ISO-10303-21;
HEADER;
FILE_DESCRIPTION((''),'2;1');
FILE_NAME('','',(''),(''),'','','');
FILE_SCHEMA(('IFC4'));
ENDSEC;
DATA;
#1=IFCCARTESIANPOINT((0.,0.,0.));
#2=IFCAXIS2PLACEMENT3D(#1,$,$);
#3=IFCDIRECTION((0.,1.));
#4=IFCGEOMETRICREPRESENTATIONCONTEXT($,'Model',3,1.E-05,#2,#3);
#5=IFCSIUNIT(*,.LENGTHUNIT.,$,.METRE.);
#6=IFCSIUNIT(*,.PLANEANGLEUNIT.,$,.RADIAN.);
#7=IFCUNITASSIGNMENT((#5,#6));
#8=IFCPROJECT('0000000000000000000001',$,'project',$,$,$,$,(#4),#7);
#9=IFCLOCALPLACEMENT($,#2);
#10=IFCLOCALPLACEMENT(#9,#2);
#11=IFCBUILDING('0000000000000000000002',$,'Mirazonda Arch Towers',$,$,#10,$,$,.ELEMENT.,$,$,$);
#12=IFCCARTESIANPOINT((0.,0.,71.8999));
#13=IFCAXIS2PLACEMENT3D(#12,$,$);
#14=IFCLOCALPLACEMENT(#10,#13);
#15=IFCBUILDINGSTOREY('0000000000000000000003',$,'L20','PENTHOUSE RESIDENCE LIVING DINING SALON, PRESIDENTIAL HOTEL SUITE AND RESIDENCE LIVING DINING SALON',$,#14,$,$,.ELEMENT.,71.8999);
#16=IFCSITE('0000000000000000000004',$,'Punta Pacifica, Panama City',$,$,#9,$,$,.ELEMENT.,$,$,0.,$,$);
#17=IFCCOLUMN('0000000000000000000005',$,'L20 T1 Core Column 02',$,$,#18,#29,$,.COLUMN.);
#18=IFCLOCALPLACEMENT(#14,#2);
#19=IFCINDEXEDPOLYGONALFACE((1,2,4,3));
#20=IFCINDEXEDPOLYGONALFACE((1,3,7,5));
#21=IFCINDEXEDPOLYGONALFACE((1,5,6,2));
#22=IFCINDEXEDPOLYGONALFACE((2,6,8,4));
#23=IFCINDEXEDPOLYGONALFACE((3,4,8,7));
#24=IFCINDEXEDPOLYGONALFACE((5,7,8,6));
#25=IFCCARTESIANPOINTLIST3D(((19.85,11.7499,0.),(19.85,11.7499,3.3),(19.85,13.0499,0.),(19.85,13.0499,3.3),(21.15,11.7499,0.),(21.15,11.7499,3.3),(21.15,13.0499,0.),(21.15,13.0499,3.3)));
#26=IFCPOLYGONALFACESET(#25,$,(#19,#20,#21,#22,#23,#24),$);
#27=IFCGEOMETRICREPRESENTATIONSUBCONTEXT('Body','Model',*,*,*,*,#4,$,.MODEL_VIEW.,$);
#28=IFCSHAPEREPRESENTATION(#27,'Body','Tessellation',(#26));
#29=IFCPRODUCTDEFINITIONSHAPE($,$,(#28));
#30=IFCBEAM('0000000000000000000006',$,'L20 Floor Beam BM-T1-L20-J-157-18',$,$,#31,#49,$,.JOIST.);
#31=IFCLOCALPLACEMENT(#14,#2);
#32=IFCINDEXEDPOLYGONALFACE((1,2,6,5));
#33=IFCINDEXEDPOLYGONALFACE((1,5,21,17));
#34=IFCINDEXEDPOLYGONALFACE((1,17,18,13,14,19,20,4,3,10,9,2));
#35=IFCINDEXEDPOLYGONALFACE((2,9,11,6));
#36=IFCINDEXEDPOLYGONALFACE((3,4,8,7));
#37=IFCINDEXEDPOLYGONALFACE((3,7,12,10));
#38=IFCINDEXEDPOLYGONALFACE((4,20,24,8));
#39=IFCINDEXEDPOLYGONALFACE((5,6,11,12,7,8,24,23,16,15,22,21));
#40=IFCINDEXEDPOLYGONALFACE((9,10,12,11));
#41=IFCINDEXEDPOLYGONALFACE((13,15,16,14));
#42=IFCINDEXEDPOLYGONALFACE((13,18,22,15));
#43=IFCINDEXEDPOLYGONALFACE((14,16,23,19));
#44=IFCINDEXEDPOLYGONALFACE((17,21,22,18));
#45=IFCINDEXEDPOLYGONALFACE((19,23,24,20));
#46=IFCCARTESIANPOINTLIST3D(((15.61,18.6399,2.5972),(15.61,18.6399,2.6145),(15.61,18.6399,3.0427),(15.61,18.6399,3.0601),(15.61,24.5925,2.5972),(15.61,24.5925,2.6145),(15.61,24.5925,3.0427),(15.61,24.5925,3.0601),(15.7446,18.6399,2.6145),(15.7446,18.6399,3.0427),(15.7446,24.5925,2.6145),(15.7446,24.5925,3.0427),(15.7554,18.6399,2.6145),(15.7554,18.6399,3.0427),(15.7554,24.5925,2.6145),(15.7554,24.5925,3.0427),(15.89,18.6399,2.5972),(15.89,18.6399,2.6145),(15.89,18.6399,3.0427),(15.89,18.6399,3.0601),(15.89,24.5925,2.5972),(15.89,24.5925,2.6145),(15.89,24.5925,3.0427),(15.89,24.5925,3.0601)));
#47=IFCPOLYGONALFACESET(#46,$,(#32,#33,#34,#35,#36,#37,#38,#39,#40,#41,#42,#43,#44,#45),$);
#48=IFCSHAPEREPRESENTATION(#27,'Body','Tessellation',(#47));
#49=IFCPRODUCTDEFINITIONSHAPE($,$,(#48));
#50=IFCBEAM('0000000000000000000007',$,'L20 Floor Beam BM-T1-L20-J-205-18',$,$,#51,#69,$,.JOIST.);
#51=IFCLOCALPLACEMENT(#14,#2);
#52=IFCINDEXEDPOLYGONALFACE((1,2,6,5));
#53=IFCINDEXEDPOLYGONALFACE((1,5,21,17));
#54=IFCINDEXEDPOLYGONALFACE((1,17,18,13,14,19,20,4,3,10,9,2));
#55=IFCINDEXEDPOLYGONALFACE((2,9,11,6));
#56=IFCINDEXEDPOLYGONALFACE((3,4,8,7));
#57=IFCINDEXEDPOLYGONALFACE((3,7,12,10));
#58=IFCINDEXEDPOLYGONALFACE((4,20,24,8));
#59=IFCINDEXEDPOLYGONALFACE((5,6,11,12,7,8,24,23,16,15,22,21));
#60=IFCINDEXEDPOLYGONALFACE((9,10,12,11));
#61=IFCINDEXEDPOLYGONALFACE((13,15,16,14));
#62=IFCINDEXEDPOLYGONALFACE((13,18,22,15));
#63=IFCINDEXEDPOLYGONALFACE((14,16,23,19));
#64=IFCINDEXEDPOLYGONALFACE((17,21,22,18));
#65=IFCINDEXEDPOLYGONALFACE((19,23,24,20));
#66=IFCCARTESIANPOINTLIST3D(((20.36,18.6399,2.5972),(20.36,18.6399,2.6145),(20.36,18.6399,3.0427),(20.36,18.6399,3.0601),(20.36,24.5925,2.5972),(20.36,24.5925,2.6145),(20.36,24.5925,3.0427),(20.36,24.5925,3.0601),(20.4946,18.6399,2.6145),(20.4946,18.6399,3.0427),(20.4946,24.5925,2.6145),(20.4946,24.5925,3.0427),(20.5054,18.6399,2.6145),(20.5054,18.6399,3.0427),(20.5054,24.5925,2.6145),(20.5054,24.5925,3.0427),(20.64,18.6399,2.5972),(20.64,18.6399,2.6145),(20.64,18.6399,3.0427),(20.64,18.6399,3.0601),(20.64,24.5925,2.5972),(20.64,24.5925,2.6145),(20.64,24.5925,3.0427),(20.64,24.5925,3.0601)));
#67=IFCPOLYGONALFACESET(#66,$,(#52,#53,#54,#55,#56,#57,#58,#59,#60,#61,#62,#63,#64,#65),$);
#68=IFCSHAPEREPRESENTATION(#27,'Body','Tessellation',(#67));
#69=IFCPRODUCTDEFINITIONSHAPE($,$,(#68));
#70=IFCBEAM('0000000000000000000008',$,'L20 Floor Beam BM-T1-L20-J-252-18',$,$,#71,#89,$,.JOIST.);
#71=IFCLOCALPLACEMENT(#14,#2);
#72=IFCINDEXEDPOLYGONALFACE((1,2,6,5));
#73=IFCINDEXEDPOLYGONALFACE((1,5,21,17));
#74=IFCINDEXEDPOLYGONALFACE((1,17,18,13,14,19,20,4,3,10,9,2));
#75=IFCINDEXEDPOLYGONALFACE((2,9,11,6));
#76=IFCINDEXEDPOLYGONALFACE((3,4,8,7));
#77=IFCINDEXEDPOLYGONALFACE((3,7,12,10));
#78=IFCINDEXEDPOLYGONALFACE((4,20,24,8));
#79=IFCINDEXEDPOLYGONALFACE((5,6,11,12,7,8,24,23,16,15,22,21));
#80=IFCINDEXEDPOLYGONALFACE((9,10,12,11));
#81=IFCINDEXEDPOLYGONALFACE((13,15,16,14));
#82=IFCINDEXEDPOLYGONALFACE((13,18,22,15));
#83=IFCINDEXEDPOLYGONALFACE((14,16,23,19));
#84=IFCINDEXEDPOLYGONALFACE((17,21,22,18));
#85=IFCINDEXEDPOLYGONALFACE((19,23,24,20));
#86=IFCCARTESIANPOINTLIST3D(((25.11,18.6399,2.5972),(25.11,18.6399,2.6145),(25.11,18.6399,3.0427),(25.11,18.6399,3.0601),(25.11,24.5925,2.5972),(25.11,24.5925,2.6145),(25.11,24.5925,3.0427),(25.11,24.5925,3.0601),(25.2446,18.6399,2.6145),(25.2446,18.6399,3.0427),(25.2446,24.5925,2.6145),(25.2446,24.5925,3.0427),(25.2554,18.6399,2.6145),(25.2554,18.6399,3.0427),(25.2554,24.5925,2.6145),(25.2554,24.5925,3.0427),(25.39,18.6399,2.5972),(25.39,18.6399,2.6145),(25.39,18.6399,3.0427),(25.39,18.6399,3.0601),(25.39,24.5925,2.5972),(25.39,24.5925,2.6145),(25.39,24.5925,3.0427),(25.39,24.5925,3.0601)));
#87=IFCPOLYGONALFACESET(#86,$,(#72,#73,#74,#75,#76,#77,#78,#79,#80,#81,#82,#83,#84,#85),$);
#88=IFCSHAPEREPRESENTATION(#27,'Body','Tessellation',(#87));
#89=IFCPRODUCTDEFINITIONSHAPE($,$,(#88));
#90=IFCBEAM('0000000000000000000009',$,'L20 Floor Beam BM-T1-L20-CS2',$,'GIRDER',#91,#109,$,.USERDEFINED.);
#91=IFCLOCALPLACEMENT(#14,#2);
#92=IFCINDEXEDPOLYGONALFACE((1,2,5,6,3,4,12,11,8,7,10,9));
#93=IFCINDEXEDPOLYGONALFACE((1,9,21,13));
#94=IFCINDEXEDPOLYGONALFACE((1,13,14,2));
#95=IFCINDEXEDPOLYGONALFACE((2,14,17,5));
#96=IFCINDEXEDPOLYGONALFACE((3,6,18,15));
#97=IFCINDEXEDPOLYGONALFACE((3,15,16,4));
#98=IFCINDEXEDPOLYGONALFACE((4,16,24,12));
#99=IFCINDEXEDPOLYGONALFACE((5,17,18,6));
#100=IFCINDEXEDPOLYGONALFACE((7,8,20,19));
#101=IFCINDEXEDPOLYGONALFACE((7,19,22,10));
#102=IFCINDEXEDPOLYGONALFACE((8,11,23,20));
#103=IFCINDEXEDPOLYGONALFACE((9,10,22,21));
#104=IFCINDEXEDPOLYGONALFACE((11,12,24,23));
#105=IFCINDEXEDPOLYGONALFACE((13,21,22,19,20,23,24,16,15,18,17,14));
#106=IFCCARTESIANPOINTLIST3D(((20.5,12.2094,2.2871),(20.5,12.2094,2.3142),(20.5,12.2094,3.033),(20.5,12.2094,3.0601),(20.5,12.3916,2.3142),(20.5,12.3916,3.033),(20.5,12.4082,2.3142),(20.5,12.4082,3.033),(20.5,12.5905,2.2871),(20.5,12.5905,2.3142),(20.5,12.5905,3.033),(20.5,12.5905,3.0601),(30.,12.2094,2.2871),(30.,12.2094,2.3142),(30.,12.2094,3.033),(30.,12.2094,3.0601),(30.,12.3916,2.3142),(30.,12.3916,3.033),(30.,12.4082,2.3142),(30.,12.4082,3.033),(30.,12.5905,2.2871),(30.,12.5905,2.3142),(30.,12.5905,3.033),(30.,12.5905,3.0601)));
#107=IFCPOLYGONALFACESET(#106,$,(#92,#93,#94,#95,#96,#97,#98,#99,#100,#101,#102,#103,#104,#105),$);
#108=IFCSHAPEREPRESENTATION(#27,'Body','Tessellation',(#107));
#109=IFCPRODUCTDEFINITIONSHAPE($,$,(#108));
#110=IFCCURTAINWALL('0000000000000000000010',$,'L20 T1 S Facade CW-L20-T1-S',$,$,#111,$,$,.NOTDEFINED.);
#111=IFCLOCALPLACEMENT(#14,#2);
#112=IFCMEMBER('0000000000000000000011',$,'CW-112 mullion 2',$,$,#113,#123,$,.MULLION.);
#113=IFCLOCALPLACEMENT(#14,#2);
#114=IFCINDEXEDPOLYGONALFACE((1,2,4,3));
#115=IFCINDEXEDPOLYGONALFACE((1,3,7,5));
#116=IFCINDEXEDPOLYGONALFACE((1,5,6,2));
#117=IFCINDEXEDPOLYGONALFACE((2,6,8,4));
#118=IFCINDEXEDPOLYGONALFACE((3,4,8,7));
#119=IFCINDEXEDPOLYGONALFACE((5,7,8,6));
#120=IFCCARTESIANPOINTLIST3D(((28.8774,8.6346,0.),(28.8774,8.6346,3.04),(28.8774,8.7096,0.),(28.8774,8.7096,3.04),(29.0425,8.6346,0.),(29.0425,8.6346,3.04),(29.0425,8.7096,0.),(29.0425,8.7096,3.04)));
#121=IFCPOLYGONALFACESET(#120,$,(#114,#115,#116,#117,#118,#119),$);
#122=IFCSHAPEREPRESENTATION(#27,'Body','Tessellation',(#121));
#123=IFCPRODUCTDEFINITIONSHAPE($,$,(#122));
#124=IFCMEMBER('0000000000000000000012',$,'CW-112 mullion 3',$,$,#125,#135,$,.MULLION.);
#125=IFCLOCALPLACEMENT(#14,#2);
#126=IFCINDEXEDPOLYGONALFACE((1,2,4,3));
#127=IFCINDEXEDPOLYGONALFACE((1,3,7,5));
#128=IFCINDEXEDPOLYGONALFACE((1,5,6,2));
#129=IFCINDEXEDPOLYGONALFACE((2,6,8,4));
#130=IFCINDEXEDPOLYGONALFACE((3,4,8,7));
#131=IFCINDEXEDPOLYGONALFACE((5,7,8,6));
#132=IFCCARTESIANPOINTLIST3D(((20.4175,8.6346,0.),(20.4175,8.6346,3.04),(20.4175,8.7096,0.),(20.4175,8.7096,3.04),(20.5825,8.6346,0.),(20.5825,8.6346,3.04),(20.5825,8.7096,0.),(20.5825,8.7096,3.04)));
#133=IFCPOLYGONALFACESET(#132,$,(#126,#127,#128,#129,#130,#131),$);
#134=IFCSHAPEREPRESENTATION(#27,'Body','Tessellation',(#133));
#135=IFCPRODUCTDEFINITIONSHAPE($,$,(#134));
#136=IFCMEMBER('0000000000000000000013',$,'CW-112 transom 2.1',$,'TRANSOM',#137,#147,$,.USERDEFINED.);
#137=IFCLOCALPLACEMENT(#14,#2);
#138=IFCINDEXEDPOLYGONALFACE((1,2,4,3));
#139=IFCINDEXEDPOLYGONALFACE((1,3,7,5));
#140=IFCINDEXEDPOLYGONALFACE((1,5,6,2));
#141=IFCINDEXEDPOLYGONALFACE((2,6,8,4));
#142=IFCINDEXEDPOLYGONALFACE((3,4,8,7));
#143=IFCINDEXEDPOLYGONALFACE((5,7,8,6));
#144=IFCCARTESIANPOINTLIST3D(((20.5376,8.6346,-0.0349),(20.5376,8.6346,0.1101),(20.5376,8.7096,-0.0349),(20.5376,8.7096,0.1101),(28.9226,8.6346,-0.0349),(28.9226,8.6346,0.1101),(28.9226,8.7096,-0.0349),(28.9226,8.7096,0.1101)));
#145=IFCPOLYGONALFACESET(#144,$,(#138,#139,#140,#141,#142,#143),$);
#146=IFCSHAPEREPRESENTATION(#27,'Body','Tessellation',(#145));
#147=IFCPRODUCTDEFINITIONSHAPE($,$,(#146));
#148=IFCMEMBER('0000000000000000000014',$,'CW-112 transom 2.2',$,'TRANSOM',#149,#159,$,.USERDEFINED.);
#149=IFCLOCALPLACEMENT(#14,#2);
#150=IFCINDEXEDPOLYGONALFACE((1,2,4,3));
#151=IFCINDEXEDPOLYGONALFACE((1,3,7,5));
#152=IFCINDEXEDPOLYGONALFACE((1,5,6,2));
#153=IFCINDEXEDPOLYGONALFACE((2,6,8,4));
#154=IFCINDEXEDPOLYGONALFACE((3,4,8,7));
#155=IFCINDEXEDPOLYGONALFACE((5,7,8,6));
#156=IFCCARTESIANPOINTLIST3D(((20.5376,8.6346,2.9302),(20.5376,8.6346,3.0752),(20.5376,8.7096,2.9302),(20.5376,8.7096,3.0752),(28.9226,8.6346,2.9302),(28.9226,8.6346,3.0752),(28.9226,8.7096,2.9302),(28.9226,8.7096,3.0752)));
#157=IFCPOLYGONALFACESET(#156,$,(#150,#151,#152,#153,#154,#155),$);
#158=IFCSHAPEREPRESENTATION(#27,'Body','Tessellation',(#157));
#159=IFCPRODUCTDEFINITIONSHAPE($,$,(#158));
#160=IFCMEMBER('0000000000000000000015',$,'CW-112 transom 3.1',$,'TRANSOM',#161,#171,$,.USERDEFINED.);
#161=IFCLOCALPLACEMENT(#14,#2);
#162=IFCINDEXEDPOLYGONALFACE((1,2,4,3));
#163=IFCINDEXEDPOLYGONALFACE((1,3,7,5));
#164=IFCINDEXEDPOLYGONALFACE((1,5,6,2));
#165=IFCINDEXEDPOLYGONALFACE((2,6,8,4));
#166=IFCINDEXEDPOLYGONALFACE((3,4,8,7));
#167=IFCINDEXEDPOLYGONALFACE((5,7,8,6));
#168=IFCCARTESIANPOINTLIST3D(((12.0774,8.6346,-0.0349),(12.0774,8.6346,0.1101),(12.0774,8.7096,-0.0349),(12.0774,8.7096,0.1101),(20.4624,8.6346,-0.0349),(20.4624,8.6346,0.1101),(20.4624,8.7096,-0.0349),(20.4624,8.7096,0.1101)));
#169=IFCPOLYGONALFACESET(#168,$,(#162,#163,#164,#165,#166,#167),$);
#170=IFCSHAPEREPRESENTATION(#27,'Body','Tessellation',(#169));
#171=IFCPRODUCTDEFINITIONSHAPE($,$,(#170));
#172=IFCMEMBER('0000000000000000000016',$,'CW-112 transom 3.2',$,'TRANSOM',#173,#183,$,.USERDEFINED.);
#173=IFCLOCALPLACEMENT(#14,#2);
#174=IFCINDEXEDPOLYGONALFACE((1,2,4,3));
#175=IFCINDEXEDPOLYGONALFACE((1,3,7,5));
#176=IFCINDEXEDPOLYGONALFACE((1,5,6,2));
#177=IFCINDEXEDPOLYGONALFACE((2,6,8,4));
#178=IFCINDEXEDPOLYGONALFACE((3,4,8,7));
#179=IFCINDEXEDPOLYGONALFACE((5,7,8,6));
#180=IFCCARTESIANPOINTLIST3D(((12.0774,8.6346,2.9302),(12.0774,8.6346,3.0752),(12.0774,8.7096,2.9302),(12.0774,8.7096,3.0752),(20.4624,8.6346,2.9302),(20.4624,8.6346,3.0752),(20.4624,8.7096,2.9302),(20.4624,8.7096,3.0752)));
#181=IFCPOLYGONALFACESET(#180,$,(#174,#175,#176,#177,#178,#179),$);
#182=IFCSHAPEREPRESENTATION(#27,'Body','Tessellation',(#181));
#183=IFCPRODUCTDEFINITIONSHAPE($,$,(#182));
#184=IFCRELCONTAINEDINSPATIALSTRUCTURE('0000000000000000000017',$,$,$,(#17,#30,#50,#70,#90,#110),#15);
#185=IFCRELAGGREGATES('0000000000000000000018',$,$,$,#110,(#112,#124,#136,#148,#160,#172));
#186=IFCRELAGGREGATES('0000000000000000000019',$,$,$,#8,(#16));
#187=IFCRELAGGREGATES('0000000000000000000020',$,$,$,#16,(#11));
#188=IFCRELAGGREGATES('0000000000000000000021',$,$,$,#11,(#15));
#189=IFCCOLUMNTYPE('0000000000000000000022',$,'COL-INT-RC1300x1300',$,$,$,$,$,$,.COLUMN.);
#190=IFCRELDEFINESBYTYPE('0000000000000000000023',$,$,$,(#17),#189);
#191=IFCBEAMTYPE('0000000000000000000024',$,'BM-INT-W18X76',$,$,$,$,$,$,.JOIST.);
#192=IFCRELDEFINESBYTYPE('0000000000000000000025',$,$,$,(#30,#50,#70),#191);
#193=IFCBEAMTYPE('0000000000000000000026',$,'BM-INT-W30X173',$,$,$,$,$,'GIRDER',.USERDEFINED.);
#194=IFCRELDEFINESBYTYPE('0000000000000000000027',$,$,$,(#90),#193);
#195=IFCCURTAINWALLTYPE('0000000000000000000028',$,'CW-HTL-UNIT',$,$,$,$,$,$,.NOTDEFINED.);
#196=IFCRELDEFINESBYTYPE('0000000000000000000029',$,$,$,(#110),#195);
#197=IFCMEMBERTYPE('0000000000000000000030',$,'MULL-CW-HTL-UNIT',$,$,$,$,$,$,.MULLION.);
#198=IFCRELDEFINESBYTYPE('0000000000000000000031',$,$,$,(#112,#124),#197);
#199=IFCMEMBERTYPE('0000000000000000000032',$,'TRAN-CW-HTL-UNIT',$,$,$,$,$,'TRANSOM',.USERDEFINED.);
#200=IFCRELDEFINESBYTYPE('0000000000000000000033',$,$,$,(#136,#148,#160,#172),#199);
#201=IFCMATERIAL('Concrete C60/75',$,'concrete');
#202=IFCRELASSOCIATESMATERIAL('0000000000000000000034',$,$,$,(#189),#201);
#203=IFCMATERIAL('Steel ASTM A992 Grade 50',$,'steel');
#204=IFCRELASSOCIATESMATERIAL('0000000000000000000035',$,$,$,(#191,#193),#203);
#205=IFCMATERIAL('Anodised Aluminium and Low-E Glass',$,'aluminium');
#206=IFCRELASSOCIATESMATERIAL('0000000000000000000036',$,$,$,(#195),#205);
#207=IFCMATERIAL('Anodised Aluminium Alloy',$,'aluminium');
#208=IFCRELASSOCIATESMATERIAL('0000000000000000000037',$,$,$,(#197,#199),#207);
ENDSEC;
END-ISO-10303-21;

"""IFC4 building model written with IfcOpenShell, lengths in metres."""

from ifc_helpers import new_model, si_unit, direction, frame, origin, origin_2d, place, context, subcontext, project, spatial, rectangle, i_section, extrude, material, material_profile, profile_set, type_object, element, aggregate, save


model = new_model("IFC4")

# Units and contexts
model_context = context("Model", 3, precision=1e-05, world=origin(), true_north=direction((0.0, 1.0)))
body_context = subcontext(model_context, "Body", "Model", "MODEL_VIEW")
ifc_project = project(units=[si_unit("LENGTHUNIT", "METRE"), si_unit("PLANEANGLEUNIT", "RADIAN")], contexts=[model_context])

# Site, building, storey
site_placement = place(None, origin())
site = spatial("IfcSite", under=ifc_project, at=site_placement, Name="Punta Pacifica, Panama City", CompositionType="ELEMENT", RefElevation=0.0)
building_placement = place(site_placement, origin())
building = spatial("IfcBuilding", under=site, at=building_placement, Name="Mirazonda Arch Towers", CompositionType="ELEMENT")
storey_placement = place(building_placement, frame((0.0, 0.0, 71.8999)))
storey = spatial("IfcBuildingStorey", under=building, at=storey_placement, Name="L20", Description="PENTHOUSE RESIDENCE LIVING DINING SALON, PRESIDENTIAL HOTEL SUITE AND RESIDENCE LIVING DINING SALON", CompositionType="ELEMENT", Elevation=71.8999)

# Column
ifc_material_1 = material(Name="Concrete C60/75", Category="concrete")
ifc_material_profile_1 = material_profile(ifc_material_1, rectangle(XDim=1.3, YDim=1.3, at=origin_2d()), Name="RC1300x1300")
ifc_profile_set_1 = profile_set([ifc_material_profile_1], Name="Concrete C60/75")
column_type = type_object("IfcColumnType", Name="COL-INT-RC1300x1300", PredefinedType="COLUMN", material=ifc_profile_set_1)
column_placement = place(storey_placement, frame((20.5, 12.3999, 0.0), z_axis=(0.0, 0.0, 1.0), x_axis=(1.0, 0.0, 0.0)))
element("IfcColumn", 1, at=column_placement, inside=storey, type_object=column_type, Name="L20 T1 Core Column 02", PredefinedType="COLUMN", context=body_context, shape_type="SweptSolid", body=[
    extrude(rectangle(XDim=1.3, YDim=1.3, at=origin_2d()), origin(), (0.0, 0.0, 1.0), 3.3),
])

# Beams
ifc_material_2 = material(Name="Steel ASTM A992 Grade 50", Category="steel")
ifc_material_profile_2 = material_profile(ifc_material_2, i_section(OverallWidth=0.28, OverallDepth=0.4629, WebThickness=0.0107, FlangeThickness=0.0173, at=origin_2d()), Name="W18X76")
ifc_profile_set_2 = profile_set([ifc_material_profile_2], Name="Steel ASTM A992 Grade 50")
beam_type_1 = type_object("IfcBeamType", Name="BM-INT-W18X76", PredefinedType="JOIST", material=ifc_profile_set_2)
for number, where, z_axis, x_axis, name in (
    (2, (15.75, 18.6399, 2.8286), (0.0, 1.0, 0.0), (-1.0, 0.0, 0.0), "L20 Floor Beam BM-T1-L20-J-157-18"),
    (3, (20.5, 18.6399, 2.8286), (0.0, 1.0, 0.0), (-1.0, 0.0, 0.0), "L20 Floor Beam BM-T1-L20-J-205-18"),
    (4, (25.25, 18.6399, 2.8286), (0.0, 1.0, 0.0), (-1.0, 0.0, 0.0), "L20 Floor Beam BM-T1-L20-J-252-18"),
):
    element("IfcBeam", number, at=place(storey_placement, frame(where, z_axis=z_axis, x_axis=x_axis)), inside=storey, type_object=beam_type_1, Name=name, PredefinedType="JOIST", context=body_context, shape_type="SweptSolid", body=[
        extrude(i_section(OverallWidth=0.28, OverallDepth=0.4629, WebThickness=0.0107, FlangeThickness=0.0173, at=origin_2d()), origin(), (0.0, 0.0, 1.0), 5.9526),
    ])
ifc_material_profile_3 = material_profile(ifc_material_2, i_section(OverallWidth=0.3811, OverallDepth=0.7729, WebThickness=0.0166, FlangeThickness=0.0271, at=origin_2d()), Name="W30X173")
ifc_profile_set_3 = profile_set([ifc_material_profile_3], Name="Steel ASTM A992 Grade 50")
beam_type_2 = type_object("IfcBeamType", Name="BM-INT-W30X173", ElementType="GIRDER", PredefinedType="USERDEFINED", material=ifc_profile_set_3)
beam_placement = place(storey_placement, frame((20.5, 12.3999, 2.6736), z_axis=(1.0, 0.0, 0.0), x_axis=(0.0, 1.0, 0.0)))
element("IfcBeam", 5, at=beam_placement, inside=storey, type_object=beam_type_2, Name="L20 Floor Beam BM-T1-L20-CS2", ObjectType="GIRDER", PredefinedType="USERDEFINED", context=body_context, shape_type="SweptSolid", body=[
    extrude(i_section(OverallWidth=0.3811, OverallDepth=0.7729, WebThickness=0.0166, FlangeThickness=0.0271, at=origin_2d()), origin(), (0.0, 0.0, 1.0), 9.5),
])

# Curtain wall, members
ifc_material_3 = material(Name="Anodised Aluminium and Low-E Glass", Category="aluminium")
curtain_wall_type = type_object("IfcCurtainWallType", Name="CW-HTL-UNIT", PredefinedType="NOTDEFINED", material=ifc_material_3)
curtain_wall_placement = place(storey_placement, origin())
curtain_wall = element("IfcCurtainWall", 6, at=curtain_wall_placement, inside=storey, type_object=curtain_wall_type, Name="L20 T1 S Facade CW-L20-T1-S", PredefinedType="NOTDEFINED")
ifc_material_4 = material(Name="Anodised Aluminium Alloy", Category="aluminium")
ifc_material_profile_4 = material_profile(ifc_material_4, rectangle(XDim=0.075, YDim=0.165, at=origin_2d()), Name="ALU-MULL-75x165")
ifc_profile_set_4 = profile_set([ifc_material_profile_4], Name="Anodised Aluminium Alloy")
member_type_1 = type_object("IfcMemberType", Name="MULL-CW-HTL-UNIT", PredefinedType="MULLION", material=ifc_profile_set_4)
member_1_placement = place(storey_placement, frame((28.96, 8.6721, 0.0), z_axis=(0.0, 0.0, 1.0), x_axis=(0.0, -1.0, 0.0)))
member_1 = element("IfcMember", 7, at=member_1_placement, type_object=member_type_1, Name="CW-112 mullion 2", PredefinedType="MULLION", context=body_context, shape_type="SweptSolid", body=[
    extrude(rectangle(XDim=0.075, YDim=0.165, at=origin_2d()), origin(), (0.0, 0.0, 1.0), 3.04),
])
member_2_placement = place(storey_placement, frame((20.5, 8.6721, 0.0), z_axis=(0.0, 0.0, 1.0), x_axis=(0.0, -1.0, 0.0)))
member_2 = element("IfcMember", 8, at=member_2_placement, type_object=member_type_1, Name="CW-112 mullion 3", PredefinedType="MULLION", context=body_context, shape_type="SweptSolid", body=[
    extrude(rectangle(XDim=0.075, YDim=0.165, at=origin_2d()), origin(), (0.0, 0.0, 1.0), 3.04),
])
ifc_material_profile_5 = material_profile(ifc_material_4, rectangle(XDim=0.075, YDim=0.145, at=origin_2d()), Name="ALU-TRAN-75x145")
ifc_profile_set_5 = profile_set([ifc_material_profile_5], Name="Anodised Aluminium Alloy")
member_type_2 = type_object("IfcMemberType", Name="TRAN-CW-HTL-UNIT", ElementType="TRANSOM", PredefinedType="USERDEFINED", material=ifc_profile_set_5)
member_3_placement = place(storey_placement, frame((28.9226, 8.6721, 0.0376), z_axis=(-1.0, 0.0, 0.0), x_axis=(0.0, -1.0, 0.0)))
member_3 = element("IfcMember", 9, at=member_3_placement, type_object=member_type_2, Name="CW-112 transom 2.1", ObjectType="TRANSOM", PredefinedType="USERDEFINED", context=body_context, shape_type="SweptSolid", body=[
    extrude(rectangle(XDim=0.075, YDim=0.145, at=origin_2d()), origin(), (0.0, 0.0, 1.0), 8.385),
])
member_4_placement = place(storey_placement, frame((28.9226, 8.6721, 3.0027), z_axis=(-1.0, 0.0, 0.0), x_axis=(0.0, -1.0, 0.0)))
member_4 = element("IfcMember", 10, at=member_4_placement, type_object=member_type_2, Name="CW-112 transom 2.2", ObjectType="TRANSOM", PredefinedType="USERDEFINED", context=body_context, shape_type="SweptSolid", body=[
    extrude(rectangle(XDim=0.075, YDim=0.145, at=origin_2d()), origin(), (0.0, 0.0, 1.0), 8.385),
])
member_5_placement = place(storey_placement, frame((20.4624, 8.6721, 0.0376), z_axis=(-1.0, 0.0, 0.0), x_axis=(0.0, -1.0, 0.0)))
member_5 = element("IfcMember", 11, at=member_5_placement, type_object=member_type_2, Name="CW-112 transom 3.1", ObjectType="TRANSOM", PredefinedType="USERDEFINED", context=body_context, shape_type="SweptSolid", body=[
    extrude(rectangle(XDim=0.075, YDim=0.145, at=origin_2d()), origin(), (0.0, 0.0, 1.0), 8.385),
])
member_6_placement = place(storey_placement, frame((20.4624, 8.6721, 3.0027), z_axis=(-1.0, 0.0, 0.0), x_axis=(0.0, -1.0, 0.0)))
member_6 = element("IfcMember", 12, at=member_6_placement, type_object=member_type_2, Name="CW-112 transom 3.2", ObjectType="TRANSOM", PredefinedType="USERDEFINED", context=body_context, shape_type="SweptSolid", body=[
    extrude(rectangle(XDim=0.075, YDim=0.145, at=origin_2d()), origin(), (0.0, 0.0, 1.0), 8.385),
])
aggregate(curtain_wall, [member_1, member_2, member_3, member_4, member_5, member_6])

save(model, "model.ifc")
